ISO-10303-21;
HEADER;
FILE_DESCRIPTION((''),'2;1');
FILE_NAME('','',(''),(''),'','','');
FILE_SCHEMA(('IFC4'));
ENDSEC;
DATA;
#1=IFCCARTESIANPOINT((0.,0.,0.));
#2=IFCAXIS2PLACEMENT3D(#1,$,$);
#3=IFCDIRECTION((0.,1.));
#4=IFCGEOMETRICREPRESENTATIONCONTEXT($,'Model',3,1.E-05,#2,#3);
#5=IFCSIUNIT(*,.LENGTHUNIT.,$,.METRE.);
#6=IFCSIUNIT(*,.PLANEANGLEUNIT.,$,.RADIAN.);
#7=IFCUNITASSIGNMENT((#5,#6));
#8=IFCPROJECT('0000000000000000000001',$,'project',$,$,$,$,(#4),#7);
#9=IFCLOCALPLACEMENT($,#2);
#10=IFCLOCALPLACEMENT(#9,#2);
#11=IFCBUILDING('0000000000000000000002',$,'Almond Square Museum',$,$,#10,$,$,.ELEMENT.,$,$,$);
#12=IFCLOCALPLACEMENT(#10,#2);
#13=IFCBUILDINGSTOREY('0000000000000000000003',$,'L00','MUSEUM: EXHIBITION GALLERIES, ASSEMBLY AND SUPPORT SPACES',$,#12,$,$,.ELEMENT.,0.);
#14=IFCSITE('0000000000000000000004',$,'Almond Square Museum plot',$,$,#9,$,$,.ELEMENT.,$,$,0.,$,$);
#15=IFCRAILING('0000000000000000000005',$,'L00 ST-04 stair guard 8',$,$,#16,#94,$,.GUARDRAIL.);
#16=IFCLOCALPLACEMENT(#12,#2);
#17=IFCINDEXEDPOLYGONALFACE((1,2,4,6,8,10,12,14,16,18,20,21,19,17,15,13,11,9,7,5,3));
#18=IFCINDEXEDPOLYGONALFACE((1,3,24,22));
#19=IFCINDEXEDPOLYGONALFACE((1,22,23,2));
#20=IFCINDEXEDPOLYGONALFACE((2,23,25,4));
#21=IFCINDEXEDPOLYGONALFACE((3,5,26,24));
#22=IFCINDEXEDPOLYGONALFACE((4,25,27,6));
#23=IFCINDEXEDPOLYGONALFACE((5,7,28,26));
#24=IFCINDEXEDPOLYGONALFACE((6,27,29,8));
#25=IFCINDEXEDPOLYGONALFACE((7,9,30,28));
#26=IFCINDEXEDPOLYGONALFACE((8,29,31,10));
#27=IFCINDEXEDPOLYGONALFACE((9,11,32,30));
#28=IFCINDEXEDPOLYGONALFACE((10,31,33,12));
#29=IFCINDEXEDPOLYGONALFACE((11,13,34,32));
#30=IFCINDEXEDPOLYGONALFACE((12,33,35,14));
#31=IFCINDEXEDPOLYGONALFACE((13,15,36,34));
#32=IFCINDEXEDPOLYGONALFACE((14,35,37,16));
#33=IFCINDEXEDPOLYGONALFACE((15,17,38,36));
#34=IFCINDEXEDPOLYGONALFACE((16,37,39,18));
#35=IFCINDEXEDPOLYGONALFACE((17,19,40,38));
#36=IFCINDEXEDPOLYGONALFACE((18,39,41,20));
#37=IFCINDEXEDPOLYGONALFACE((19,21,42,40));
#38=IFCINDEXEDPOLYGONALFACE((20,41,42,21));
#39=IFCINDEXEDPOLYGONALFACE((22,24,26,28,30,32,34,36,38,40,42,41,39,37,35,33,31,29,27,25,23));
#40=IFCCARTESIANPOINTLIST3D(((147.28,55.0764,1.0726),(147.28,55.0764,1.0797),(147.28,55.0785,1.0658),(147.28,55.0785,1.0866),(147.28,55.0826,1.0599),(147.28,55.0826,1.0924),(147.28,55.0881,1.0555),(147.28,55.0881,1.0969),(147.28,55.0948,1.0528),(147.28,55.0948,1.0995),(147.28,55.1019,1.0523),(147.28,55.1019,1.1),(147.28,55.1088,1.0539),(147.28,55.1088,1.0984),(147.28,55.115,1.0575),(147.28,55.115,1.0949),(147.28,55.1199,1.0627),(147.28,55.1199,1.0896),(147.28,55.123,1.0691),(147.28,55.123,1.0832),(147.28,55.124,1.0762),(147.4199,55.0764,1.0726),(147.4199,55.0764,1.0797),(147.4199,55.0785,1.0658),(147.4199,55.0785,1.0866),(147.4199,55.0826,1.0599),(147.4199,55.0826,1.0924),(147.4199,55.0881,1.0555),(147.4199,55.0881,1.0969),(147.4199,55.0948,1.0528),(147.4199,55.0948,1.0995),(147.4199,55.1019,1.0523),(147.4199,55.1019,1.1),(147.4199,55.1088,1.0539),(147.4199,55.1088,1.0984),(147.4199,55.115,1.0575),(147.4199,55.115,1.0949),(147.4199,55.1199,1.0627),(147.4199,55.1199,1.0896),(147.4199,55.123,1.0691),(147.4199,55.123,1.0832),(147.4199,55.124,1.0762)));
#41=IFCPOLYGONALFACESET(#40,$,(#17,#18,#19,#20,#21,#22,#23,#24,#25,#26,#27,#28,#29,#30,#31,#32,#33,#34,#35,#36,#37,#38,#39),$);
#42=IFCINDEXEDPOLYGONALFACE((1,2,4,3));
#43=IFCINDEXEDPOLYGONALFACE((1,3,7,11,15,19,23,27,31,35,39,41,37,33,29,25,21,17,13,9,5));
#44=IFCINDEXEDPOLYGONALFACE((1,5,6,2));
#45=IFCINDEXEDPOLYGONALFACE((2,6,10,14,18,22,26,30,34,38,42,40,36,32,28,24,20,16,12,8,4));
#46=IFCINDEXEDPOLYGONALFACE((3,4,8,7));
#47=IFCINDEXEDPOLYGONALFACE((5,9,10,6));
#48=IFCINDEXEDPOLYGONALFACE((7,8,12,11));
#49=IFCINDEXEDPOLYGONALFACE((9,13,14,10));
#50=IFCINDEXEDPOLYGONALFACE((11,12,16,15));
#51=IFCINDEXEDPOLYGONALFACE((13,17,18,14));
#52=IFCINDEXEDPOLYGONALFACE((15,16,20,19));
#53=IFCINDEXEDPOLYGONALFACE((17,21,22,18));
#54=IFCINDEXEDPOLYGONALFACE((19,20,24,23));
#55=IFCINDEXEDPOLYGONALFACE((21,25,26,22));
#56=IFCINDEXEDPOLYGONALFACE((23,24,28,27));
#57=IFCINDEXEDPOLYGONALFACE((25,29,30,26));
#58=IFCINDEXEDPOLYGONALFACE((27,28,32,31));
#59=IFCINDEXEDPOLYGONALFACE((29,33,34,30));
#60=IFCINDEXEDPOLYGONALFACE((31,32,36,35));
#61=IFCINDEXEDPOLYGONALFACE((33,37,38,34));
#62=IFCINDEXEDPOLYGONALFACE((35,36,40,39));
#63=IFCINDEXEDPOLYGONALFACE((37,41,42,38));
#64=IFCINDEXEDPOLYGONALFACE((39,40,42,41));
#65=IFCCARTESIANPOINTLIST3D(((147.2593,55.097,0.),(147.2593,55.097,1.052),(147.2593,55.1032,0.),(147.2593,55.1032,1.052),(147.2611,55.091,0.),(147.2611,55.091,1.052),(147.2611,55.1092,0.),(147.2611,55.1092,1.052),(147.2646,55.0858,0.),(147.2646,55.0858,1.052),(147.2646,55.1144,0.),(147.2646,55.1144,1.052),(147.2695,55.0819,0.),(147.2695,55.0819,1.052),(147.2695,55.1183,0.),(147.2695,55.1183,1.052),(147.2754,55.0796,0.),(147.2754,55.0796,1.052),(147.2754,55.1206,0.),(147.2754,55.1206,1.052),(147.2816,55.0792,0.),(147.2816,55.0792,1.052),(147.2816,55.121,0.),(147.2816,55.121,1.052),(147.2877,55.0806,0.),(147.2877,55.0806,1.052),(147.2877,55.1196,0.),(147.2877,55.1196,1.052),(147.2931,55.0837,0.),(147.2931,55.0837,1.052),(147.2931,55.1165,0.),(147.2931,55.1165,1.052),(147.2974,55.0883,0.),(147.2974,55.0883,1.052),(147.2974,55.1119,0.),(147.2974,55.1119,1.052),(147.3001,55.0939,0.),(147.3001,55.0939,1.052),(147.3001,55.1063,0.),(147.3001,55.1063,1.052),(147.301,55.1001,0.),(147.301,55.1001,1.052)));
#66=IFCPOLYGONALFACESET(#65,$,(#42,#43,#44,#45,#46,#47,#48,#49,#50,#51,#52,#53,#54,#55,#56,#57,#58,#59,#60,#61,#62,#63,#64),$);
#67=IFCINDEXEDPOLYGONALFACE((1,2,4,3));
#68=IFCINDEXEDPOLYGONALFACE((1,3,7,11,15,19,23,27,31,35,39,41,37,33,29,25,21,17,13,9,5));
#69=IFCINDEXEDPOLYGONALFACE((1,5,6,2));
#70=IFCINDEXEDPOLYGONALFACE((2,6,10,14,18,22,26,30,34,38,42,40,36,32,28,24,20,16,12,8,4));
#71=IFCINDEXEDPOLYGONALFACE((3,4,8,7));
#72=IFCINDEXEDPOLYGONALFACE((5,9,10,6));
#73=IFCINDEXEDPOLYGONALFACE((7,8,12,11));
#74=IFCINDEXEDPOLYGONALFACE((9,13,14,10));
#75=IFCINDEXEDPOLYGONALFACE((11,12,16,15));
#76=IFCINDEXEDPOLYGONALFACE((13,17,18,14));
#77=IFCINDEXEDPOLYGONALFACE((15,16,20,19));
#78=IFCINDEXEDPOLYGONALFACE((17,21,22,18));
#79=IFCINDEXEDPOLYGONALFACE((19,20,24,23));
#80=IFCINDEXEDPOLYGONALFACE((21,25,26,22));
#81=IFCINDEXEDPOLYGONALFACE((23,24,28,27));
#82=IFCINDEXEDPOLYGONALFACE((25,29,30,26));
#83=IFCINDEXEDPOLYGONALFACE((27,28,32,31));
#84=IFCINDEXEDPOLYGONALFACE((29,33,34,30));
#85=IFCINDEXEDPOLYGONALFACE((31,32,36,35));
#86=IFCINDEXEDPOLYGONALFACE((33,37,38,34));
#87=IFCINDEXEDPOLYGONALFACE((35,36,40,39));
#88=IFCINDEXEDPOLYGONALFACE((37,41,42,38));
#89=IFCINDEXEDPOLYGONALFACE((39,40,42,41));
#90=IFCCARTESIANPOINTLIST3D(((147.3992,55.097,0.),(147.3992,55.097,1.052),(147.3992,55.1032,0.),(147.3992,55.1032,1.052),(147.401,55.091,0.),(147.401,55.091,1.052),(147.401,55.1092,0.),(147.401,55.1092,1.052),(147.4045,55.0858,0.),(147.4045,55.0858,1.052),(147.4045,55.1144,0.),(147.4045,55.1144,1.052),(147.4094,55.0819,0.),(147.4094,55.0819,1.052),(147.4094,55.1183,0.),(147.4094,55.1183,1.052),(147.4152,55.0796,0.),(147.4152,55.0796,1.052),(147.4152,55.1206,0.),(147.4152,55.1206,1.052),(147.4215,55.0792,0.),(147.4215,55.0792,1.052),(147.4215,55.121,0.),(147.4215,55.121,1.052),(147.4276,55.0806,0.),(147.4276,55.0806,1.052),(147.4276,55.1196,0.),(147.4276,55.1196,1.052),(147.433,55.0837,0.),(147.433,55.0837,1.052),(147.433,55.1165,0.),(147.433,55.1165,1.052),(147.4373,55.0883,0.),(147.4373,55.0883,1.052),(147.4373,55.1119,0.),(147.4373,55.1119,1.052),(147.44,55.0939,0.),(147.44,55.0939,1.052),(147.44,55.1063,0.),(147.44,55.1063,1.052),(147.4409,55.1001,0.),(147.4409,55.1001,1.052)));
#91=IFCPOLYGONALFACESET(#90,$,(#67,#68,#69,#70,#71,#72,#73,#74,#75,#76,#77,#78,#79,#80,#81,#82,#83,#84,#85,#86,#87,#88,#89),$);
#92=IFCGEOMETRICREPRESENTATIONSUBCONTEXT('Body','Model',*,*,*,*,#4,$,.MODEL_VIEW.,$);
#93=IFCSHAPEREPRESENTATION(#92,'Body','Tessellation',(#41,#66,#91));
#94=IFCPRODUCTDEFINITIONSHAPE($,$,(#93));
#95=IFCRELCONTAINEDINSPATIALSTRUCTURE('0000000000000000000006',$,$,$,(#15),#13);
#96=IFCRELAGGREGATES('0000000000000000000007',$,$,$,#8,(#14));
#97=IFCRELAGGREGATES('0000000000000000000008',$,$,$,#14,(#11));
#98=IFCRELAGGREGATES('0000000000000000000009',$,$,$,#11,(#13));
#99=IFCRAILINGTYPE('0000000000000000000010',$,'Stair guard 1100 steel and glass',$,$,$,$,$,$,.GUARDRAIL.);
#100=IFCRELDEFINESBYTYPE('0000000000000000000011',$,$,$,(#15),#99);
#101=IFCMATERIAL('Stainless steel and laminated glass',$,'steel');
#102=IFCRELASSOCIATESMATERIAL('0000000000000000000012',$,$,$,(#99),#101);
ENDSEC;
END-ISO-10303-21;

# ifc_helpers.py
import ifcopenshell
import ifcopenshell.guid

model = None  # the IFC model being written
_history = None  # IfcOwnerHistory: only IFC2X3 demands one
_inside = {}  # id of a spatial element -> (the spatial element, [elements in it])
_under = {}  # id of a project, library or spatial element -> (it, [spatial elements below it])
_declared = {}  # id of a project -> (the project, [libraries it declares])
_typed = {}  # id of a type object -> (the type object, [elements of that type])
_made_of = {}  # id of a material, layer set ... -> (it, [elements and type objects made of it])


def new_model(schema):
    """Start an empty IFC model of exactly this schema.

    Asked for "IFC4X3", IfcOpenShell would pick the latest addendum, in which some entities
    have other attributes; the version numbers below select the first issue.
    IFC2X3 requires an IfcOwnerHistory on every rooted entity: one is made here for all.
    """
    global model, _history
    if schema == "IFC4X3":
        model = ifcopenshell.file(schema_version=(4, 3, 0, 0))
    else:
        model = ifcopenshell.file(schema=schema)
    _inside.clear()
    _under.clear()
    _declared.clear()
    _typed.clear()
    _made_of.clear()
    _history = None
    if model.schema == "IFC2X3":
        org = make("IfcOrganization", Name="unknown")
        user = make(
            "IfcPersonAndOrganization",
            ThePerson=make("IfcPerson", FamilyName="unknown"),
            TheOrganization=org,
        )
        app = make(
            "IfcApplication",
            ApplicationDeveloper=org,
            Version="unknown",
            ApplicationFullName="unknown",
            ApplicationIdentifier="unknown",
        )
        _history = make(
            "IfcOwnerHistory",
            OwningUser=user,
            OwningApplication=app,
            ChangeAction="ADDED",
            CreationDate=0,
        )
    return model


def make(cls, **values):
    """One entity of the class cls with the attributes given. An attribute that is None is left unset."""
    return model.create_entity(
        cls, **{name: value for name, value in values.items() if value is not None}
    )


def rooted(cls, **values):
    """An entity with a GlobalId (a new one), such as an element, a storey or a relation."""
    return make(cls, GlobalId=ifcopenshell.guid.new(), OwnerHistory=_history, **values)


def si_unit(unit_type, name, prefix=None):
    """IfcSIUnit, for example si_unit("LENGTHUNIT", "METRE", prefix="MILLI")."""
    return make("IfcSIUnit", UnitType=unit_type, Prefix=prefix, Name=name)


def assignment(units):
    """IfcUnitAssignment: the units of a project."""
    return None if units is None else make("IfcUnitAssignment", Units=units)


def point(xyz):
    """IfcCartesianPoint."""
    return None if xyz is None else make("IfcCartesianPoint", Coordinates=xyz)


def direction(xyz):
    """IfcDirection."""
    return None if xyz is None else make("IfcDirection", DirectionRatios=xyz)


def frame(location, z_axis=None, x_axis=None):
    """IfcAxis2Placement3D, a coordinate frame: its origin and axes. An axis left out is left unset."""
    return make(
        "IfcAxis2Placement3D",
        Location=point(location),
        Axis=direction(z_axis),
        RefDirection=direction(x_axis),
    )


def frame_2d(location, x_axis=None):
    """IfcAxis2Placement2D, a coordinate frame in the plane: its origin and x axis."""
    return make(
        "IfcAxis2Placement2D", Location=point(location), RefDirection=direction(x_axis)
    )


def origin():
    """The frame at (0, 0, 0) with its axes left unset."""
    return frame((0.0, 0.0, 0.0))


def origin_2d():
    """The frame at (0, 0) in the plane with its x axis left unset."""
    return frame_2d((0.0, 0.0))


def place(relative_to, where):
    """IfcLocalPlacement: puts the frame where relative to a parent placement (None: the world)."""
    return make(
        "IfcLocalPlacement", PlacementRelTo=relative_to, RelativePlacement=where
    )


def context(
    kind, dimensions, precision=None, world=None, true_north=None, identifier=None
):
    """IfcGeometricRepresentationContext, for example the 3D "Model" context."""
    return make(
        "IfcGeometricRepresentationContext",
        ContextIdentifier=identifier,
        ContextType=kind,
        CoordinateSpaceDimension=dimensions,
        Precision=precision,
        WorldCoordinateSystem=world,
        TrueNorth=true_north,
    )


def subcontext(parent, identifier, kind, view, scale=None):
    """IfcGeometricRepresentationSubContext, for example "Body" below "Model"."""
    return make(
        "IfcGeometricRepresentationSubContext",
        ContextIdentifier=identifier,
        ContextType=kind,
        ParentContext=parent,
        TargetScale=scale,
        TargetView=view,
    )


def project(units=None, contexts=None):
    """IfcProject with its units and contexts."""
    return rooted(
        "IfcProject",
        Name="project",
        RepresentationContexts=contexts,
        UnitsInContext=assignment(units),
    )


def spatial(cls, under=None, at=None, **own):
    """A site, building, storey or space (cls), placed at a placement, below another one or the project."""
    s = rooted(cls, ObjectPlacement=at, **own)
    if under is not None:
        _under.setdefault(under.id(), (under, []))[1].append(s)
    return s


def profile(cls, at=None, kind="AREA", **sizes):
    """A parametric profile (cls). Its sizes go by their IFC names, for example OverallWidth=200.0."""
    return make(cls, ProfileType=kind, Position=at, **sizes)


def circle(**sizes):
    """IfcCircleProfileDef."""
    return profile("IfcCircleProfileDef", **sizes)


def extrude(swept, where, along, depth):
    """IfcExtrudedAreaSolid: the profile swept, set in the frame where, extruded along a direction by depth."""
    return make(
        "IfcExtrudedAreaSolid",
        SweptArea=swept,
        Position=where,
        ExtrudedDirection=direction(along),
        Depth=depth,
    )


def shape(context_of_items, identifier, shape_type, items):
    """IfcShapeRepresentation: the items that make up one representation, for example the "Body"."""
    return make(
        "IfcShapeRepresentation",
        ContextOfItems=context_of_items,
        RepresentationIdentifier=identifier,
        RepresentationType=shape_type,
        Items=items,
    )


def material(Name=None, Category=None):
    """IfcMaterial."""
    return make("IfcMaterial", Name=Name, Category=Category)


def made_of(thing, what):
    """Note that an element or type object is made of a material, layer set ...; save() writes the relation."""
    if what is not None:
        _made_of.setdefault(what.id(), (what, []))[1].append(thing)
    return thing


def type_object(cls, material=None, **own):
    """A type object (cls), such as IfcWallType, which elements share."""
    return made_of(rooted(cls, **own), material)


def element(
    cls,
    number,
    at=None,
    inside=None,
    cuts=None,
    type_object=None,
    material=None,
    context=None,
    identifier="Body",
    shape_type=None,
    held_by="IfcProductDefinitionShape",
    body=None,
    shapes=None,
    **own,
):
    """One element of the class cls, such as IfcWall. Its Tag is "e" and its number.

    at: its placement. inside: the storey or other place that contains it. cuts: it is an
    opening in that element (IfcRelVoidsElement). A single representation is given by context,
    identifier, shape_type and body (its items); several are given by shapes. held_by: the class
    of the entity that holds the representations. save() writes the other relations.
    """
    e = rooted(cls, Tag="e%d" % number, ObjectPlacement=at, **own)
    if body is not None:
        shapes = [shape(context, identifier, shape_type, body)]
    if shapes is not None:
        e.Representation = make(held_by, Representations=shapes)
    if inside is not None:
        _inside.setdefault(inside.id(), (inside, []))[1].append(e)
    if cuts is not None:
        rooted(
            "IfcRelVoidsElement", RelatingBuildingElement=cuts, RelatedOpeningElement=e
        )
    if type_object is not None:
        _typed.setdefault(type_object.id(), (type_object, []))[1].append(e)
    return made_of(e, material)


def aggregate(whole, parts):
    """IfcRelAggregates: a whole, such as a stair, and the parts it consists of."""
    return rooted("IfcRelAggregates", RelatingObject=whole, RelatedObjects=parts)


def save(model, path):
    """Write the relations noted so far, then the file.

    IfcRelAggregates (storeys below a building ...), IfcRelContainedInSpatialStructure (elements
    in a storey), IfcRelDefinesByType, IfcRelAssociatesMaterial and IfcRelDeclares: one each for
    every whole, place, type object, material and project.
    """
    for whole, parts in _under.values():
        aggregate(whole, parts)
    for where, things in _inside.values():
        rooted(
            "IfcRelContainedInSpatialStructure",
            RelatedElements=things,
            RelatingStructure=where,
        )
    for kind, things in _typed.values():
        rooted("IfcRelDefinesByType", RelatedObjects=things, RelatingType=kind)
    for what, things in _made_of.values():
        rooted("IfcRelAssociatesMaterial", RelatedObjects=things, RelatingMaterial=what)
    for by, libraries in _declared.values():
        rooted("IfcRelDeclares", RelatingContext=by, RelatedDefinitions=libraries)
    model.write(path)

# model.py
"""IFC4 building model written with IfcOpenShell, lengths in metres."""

from ifc_helpers import new_model, si_unit, direction, frame, origin, origin_2d, place, context, subcontext, project, spatial, circle, extrude, material, type_object, element, save


model = new_model("IFC4")

# Units and contexts
model_context = context("Model", 3, precision=1e-05, world=origin(), true_north=direction((0.0, 1.0)))
body_context = subcontext(model_context, "Body", "Model", "MODEL_VIEW")
ifc_project = project(units=[si_unit("LENGTHUNIT", "METRE"), si_unit("PLANEANGLEUNIT", "RADIAN")], contexts=[model_context])

# Site, building, storey
site_placement = place(None, origin())
site = spatial("IfcSite", under=ifc_project, at=site_placement, Name="Almond Square Museum plot", CompositionType="ELEMENT", RefElevation=0.0)
building_placement = place(site_placement, origin())
building = spatial("IfcBuilding", under=site, at=building_placement, Name="Almond Square Museum", CompositionType="ELEMENT")
storey_placement = place(building_placement, origin())
storey = spatial("IfcBuildingStorey", under=building, at=storey_placement, Name="L00", Description="MUSEUM: EXHIBITION GALLERIES, ASSEMBLY AND SUPPORT SPACES", CompositionType="ELEMENT", Elevation=0.0)

# Railing
ifc_material_1 = material(Name="Stainless steel and laminated glass", Category="steel")
railing_type_1 = type_object("IfcRailingType", Name="Stair guard 1100 steel and glass", PredefinedType="GUARDRAIL", material=ifc_material_1)
railing_1_placement = place(storey_placement, frame((147.28, 55.1001, 0.0)))
element("IfcRailing", 1, at=railing_1_placement, inside=storey, type_object=railing_type_1, Name="L00 ST-04 stair guard 8", PredefinedType="GUARDRAIL", context=body_context, shape_type="SweptSolid", body=[
    extrude(circle(Radius=0.0239, at=origin_2d()), frame((0.0, 0.0, 1.0762), z_axis=(1.0, 0.0, 0.0), x_axis=(0.0, 1.0, 0.0)), (0.0, 0.0, 1.0), 0.1399),
    extrude(circle(Radius=0.021, at=origin_2d()), origin(), (0.0, 0.0, 1.0), 1.052),
    extrude(circle(Radius=0.021, at=origin_2d()), frame((0.1399, 0.0, 0.0)), (0.0, 0.0, 1.0), 1.052),
])

save(model, "model.ifc")
